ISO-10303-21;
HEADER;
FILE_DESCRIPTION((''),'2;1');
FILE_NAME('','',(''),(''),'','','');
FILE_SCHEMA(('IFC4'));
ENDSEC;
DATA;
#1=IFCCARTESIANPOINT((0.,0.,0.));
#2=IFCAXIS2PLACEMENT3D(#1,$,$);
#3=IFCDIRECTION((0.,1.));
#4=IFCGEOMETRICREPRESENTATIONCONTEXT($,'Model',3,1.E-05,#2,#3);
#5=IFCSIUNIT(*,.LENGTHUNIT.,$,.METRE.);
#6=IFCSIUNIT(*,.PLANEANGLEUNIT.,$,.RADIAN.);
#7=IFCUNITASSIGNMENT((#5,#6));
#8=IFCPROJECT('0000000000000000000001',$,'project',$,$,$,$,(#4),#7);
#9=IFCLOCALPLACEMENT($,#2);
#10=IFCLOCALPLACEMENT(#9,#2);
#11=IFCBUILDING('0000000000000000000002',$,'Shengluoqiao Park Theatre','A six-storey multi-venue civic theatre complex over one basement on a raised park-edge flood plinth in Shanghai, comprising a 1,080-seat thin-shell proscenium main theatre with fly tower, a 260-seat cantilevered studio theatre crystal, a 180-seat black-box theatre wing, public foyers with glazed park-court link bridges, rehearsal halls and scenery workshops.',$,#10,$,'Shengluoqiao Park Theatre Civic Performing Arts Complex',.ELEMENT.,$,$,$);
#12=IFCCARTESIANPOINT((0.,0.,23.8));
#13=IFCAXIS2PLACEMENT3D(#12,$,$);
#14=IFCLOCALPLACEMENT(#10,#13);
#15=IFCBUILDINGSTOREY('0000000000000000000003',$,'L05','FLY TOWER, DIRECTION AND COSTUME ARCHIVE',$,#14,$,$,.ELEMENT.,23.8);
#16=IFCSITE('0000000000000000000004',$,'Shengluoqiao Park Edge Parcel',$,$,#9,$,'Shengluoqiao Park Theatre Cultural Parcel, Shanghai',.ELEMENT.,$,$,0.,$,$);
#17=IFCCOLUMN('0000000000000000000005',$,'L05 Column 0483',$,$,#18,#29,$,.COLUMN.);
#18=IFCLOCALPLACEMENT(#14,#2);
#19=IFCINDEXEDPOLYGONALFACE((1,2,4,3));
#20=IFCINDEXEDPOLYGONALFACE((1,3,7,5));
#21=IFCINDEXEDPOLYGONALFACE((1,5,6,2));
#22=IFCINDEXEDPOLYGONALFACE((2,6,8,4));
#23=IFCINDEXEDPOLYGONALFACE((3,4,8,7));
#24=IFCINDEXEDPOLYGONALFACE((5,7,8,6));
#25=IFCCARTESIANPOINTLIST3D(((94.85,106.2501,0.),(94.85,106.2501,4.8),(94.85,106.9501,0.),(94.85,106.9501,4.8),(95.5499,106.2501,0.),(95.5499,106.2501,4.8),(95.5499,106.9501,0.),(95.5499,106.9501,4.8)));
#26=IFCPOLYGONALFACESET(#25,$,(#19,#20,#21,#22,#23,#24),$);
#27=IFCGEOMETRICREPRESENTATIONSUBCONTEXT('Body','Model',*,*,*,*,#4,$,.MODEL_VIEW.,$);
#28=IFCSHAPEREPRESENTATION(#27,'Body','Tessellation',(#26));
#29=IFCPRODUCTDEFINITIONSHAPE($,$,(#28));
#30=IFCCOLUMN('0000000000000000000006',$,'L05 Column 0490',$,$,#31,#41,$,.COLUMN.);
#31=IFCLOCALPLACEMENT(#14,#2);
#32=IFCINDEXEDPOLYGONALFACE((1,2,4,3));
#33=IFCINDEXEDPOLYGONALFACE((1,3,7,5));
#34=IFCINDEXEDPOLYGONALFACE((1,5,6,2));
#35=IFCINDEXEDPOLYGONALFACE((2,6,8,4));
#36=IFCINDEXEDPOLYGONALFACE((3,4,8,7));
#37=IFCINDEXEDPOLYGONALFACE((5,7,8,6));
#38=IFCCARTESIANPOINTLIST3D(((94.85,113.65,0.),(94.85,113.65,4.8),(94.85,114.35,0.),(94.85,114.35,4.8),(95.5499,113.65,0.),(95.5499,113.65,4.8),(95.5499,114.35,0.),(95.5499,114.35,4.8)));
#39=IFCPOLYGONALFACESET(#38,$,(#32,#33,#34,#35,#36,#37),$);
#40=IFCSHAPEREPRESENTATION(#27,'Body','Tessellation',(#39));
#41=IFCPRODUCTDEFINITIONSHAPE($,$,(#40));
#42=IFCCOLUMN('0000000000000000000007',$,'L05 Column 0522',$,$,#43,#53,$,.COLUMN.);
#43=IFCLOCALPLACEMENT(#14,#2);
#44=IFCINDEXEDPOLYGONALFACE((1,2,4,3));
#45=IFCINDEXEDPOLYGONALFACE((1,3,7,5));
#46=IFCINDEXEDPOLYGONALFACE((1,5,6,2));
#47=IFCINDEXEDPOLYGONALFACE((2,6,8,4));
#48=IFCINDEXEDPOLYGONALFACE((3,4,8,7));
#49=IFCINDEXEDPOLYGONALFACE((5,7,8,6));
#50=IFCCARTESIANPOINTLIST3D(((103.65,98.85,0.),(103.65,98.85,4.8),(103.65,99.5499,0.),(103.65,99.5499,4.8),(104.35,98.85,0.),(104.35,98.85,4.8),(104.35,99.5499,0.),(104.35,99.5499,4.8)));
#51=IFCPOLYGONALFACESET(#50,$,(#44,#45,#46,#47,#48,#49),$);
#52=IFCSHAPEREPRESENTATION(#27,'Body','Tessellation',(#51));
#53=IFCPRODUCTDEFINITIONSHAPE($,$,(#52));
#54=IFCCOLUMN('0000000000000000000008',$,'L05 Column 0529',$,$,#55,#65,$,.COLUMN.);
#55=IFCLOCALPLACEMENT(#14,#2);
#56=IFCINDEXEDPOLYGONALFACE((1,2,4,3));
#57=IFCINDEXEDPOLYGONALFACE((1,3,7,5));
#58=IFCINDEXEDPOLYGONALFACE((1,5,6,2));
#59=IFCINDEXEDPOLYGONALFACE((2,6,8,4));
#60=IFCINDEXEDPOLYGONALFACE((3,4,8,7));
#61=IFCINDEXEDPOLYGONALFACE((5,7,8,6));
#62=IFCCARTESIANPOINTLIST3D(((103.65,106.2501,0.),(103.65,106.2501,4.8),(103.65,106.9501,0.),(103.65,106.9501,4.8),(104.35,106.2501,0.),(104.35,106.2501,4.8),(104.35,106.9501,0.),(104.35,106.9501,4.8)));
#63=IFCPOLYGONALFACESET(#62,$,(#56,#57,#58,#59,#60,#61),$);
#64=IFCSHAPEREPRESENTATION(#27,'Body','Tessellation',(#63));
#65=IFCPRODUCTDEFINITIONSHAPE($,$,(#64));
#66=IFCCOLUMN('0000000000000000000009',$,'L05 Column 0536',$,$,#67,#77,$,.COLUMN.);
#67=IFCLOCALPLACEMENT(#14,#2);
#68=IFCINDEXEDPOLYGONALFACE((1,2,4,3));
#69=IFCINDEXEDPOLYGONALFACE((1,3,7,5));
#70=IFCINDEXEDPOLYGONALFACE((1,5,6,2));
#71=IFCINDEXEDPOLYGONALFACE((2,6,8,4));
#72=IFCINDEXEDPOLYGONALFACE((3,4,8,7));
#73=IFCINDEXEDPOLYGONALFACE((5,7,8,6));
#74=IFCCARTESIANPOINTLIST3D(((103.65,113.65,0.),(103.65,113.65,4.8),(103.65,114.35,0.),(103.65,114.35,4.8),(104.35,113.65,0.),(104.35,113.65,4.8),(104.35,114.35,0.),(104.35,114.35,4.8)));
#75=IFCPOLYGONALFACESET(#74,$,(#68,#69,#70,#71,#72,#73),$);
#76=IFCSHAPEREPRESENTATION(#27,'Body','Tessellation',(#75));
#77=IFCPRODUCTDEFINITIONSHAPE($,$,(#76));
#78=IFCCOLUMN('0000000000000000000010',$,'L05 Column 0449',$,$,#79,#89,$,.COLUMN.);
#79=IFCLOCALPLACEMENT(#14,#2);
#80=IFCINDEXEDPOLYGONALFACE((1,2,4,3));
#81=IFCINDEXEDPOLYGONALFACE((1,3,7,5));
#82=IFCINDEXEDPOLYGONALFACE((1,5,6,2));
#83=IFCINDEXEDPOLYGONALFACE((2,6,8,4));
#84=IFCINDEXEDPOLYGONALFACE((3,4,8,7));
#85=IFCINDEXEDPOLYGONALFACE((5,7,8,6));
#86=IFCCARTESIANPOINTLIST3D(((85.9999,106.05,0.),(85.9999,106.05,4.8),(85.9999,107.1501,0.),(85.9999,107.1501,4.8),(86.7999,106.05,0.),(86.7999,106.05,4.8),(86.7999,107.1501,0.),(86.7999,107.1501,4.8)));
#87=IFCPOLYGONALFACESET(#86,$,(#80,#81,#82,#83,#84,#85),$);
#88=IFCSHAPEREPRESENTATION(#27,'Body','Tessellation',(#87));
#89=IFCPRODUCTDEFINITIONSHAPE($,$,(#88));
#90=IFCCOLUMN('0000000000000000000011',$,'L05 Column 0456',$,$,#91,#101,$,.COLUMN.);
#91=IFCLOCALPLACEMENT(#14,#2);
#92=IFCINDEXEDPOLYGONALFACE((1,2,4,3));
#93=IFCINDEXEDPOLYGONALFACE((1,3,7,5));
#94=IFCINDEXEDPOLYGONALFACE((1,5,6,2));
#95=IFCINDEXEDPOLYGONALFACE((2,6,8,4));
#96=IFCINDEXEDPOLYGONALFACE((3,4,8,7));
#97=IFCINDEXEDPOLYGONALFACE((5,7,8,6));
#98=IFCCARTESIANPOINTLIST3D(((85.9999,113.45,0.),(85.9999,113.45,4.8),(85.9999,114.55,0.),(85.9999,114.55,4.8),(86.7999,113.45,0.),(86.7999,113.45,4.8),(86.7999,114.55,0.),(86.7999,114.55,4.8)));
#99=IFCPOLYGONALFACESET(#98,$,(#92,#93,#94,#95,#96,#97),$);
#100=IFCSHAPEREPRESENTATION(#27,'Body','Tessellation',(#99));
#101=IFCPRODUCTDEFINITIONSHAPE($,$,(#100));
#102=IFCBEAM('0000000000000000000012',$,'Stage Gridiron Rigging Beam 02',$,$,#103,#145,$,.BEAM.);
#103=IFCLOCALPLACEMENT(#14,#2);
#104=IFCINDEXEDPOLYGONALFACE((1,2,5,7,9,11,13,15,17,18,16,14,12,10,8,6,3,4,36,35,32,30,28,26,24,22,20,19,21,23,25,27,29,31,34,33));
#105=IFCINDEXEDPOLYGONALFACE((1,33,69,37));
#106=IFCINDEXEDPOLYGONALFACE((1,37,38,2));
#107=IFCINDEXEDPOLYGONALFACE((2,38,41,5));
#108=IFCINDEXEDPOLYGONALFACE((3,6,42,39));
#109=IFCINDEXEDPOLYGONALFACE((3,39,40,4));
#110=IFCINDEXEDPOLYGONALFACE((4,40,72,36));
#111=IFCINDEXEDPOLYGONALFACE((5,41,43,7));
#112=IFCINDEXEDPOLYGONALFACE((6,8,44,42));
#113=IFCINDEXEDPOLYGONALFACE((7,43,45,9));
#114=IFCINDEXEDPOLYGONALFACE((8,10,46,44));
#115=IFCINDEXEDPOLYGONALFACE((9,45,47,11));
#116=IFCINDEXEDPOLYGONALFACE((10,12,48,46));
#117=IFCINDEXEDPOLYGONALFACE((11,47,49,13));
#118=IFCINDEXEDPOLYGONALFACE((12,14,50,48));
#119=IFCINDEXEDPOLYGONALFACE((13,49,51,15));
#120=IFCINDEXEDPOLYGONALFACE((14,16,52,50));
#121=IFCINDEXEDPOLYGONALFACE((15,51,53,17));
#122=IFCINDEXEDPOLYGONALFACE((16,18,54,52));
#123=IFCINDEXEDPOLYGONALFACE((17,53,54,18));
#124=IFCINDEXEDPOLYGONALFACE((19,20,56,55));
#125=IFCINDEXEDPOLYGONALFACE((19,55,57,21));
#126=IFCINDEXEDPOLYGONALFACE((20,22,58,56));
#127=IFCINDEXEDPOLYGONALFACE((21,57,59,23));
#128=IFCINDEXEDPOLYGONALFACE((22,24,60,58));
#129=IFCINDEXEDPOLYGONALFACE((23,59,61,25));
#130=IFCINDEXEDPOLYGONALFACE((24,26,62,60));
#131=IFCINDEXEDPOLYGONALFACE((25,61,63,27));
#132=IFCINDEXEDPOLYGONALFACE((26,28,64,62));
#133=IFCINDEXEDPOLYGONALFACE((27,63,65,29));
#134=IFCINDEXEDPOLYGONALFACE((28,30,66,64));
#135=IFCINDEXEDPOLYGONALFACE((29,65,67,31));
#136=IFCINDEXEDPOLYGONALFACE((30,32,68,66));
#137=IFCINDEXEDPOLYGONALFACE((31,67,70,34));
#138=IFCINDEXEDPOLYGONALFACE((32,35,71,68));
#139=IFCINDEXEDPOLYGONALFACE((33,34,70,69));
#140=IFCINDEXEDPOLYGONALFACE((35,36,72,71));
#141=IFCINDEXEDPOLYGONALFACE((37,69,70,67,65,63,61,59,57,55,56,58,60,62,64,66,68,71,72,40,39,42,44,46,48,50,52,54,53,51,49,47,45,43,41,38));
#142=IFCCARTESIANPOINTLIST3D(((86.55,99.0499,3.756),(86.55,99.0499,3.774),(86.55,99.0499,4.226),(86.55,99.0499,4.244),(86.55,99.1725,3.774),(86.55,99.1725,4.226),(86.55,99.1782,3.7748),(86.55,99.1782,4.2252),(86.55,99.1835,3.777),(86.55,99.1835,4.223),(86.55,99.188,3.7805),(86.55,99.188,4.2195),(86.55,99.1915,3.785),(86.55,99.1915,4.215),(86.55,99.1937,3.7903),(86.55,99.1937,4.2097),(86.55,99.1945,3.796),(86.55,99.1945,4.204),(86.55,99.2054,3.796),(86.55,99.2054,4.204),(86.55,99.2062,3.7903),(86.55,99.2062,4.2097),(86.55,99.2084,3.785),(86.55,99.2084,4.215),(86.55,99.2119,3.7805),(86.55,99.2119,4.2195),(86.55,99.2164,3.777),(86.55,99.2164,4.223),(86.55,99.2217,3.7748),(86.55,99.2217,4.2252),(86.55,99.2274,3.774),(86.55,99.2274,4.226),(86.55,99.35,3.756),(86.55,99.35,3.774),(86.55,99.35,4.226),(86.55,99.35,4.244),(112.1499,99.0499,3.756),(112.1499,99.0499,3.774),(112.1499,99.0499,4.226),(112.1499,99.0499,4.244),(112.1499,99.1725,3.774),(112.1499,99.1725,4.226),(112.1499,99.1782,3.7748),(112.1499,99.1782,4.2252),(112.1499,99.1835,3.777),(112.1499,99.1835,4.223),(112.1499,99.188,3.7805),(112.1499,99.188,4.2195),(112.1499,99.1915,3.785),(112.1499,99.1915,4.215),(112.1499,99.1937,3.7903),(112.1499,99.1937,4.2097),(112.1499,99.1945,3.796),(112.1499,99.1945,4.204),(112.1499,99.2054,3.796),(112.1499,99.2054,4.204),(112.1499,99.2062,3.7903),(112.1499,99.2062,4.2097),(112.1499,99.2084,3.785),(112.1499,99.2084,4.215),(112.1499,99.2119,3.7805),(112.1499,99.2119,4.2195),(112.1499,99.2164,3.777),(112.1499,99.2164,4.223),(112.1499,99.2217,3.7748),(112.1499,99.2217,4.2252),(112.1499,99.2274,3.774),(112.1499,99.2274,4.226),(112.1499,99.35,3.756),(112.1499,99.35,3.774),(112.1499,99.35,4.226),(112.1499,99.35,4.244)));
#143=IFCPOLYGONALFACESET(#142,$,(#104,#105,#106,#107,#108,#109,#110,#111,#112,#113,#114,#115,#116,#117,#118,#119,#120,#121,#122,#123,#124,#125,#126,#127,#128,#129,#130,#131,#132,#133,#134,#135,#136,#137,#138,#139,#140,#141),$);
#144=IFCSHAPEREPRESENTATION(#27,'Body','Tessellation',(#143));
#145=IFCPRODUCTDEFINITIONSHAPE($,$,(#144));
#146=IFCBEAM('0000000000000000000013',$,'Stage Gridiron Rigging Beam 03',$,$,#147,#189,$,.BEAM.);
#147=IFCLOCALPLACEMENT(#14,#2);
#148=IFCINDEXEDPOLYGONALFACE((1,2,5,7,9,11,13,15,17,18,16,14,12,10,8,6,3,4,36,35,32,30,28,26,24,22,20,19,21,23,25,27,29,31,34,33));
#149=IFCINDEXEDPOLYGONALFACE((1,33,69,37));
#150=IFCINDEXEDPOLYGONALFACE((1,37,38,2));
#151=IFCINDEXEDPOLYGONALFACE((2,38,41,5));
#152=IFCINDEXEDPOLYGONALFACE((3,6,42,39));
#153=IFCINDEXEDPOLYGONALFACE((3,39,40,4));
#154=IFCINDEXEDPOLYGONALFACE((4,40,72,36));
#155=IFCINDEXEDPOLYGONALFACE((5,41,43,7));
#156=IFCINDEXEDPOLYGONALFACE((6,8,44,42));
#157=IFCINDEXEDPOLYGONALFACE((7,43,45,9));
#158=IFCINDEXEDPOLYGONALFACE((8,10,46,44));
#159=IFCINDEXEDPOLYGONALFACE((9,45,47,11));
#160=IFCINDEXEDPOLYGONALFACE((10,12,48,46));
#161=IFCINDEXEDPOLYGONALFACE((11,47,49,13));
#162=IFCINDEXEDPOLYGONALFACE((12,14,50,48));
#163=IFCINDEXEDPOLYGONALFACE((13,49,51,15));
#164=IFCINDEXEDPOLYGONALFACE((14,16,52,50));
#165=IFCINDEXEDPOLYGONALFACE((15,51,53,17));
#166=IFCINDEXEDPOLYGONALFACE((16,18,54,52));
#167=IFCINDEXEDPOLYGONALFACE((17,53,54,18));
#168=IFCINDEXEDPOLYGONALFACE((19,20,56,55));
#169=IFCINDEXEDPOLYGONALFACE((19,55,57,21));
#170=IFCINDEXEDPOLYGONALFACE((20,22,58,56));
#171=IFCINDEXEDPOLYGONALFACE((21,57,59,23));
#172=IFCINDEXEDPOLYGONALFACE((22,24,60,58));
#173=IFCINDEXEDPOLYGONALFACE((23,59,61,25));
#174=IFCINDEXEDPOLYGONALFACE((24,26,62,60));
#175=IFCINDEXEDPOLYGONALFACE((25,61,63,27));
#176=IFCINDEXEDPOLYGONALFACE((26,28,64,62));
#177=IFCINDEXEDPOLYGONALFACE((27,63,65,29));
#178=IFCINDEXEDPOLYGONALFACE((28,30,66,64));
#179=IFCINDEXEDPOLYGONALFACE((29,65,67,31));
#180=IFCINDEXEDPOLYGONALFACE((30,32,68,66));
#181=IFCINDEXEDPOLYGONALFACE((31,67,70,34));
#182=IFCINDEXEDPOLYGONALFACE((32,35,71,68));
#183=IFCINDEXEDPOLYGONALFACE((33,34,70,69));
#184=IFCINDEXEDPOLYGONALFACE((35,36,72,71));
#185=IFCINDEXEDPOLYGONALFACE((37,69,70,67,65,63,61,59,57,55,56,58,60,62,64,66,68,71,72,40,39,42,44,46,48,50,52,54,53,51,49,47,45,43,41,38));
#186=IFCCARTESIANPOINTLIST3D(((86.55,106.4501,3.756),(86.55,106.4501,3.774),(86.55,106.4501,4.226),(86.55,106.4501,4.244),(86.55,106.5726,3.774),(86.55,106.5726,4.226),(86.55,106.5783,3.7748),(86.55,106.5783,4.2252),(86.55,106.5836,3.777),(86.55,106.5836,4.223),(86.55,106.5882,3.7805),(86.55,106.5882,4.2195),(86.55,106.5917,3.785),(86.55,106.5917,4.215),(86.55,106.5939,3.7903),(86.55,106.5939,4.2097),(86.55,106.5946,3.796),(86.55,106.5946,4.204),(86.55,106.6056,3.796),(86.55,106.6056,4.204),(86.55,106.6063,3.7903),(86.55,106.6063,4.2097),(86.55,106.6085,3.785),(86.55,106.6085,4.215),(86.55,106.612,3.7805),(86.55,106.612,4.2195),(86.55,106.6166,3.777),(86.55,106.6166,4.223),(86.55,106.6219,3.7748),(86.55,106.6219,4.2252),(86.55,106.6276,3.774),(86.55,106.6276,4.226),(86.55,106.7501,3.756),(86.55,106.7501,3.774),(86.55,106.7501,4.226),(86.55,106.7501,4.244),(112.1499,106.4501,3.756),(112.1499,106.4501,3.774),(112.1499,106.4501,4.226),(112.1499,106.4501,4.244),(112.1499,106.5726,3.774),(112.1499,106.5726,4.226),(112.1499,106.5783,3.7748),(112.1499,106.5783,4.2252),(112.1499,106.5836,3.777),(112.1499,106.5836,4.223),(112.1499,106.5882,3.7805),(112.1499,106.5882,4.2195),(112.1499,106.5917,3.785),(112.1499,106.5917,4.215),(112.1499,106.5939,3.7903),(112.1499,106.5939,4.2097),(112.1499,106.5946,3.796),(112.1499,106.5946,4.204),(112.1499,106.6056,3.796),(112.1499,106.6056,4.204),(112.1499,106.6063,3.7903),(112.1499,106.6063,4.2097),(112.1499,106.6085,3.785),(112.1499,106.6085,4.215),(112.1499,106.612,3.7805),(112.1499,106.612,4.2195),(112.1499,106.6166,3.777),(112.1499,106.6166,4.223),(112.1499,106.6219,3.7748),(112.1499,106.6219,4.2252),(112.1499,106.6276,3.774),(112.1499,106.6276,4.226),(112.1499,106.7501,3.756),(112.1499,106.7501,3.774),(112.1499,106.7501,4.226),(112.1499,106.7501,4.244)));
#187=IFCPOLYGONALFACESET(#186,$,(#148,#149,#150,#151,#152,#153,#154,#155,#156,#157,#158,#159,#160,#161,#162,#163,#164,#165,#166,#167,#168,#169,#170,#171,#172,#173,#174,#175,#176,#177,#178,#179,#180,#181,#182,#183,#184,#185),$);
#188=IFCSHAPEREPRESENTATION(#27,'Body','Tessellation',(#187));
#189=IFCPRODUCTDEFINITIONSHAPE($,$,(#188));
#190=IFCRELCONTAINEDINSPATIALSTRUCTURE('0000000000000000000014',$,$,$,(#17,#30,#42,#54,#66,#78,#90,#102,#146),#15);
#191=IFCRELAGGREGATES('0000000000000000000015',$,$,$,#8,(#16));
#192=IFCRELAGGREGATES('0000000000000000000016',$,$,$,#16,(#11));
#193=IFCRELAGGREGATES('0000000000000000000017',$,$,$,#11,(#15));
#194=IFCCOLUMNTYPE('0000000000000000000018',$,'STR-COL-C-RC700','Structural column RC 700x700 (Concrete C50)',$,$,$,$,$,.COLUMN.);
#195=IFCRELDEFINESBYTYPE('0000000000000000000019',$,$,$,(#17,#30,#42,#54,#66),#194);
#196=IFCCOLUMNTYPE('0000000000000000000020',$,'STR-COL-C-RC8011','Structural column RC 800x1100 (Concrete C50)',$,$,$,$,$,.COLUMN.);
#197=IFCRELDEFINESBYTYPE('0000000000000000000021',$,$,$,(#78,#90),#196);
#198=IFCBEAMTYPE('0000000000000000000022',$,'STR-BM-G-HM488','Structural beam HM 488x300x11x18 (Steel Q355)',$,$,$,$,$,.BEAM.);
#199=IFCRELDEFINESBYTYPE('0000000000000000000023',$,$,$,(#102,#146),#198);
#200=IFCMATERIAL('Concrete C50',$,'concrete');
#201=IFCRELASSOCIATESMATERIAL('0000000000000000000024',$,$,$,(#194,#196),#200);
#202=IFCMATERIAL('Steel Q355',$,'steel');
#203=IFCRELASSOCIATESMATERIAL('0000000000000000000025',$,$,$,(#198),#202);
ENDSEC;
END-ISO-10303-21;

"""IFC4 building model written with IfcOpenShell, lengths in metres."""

from ifc_helpers import new_model, si_unit, direction, frame, origin, origin_2d, place, context, subcontext, project, spatial, rectangle, i_section, extrude, material, material_profile, profile_set, type_object, element, save


model = new_model("IFC4")

# Units and contexts
model_context = context("Model", 3, precision=1e-05, world=origin(), true_north=direction((0.0, 1.0)))
body_context = subcontext(model_context, "Body", "Model", "MODEL_VIEW")
ifc_project = project(units=[si_unit("LENGTHUNIT", "METRE"), si_unit("PLANEANGLEUNIT", "RADIAN")], contexts=[model_context])

# Site, building, storey
site_placement = place(None, origin())
site = spatial("IfcSite", under=ifc_project, at=site_placement, Name="Shengluoqiao Park Edge Parcel", LongName="Shengluoqiao Park Theatre Cultural Parcel, Shanghai", CompositionType="ELEMENT", RefElevation=0.0)
building_placement = place(site_placement, origin())
building = spatial("IfcBuilding", under=site, at=building_placement, Name="Shengluoqiao Park Theatre", Description="A six-storey multi-venue civic theatre complex over one basement on a raised park-edge flood plinth in Shanghai, comprising a 1,080-seat thin-shell proscenium main theatre with fly tower, a 260-seat cantilevered studio theatre crystal, a 180-seat black-box theatre wing, public foyers with glazed park-court link bridges, rehearsal halls and scenery workshops.", LongName="Shengluoqiao Park Theatre Civic Performing Arts Complex", CompositionType="ELEMENT")
storey_placement = place(building_placement, frame((0.0, 0.0, 23.8)))
storey = spatial("IfcBuildingStorey", under=building, at=storey_placement, Name="L05", Description="FLY TOWER, DIRECTION AND COSTUME ARCHIVE", CompositionType="ELEMENT", Elevation=23.8)

# Columns
ifc_material_1 = material(Name="Concrete C50", Category="concrete")
ifc_material_profile_1 = material_profile(ifc_material_1, rectangle(XDim=0.7, YDim=0.7, at=origin_2d()), Name="RC 700x700")
ifc_profile_set_1 = profile_set([ifc_material_profile_1], Name="Concrete C50")
column_type_1 = type_object("IfcColumnType", Name="STR-COL-C-RC700", Description="Structural column RC 700x700 (Concrete C50)", PredefinedType="COLUMN", material=ifc_profile_set_1)
for number, where, z_axis, x_axis, name in (
    (1, (95.2, 106.6001, 0.0), (0.0, 0.0, 1.0), (1.0, 0.0, 0.0), "L05 Column 0483"),
    (2, (95.2, 114.0, 0.0), (0.0, 0.0, 1.0), (1.0, 0.0, 0.0), "L05 Column 0490"),
    (3, (104.0, 99.2, 0.0), (0.0, 0.0, 1.0), (1.0, 0.0, 0.0), "L05 Column 0522"),
    (4, (104.0, 106.6001, 0.0), (0.0, 0.0, 1.0), (1.0, 0.0, 0.0), "L05 Column 0529"),
    (5, (104.0, 114.0, 0.0), (0.0, 0.0, 1.0), (1.0, 0.0, 0.0), "L05 Column 0536"),
):
    element("IfcColumn", number, at=place(storey_placement, frame(where, z_axis=z_axis, x_axis=x_axis)), inside=storey, type_object=column_type_1, Name=name, PredefinedType="COLUMN", context=body_context, shape_type="SweptSolid", body=[
        extrude(rectangle(XDim=0.7, YDim=0.7, at=origin_2d()), origin(), (0.0, 0.0, 1.0), 4.8),
    ])
ifc_material_profile_2 = material_profile(ifc_material_1, rectangle(XDim=0.8, YDim=1.1001, at=origin_2d()), Name="RC 800x1100")
ifc_profile_set_2 = profile_set([ifc_material_profile_2], Name="Concrete C50")
column_type_2 = type_object("IfcColumnType", Name="STR-COL-C-RC8011", Description="Structural column RC 800x1100 (Concrete C50)", PredefinedType="COLUMN", material=ifc_profile_set_2)
for number, where, z_axis, x_axis, name in (
    (6, (86.3999, 106.6001, 0.0), (0.0, 0.0, 1.0), (1.0, 0.0, 0.0), "L05 Column 0449"),
    (7, (86.3999, 114.0, 0.0), (0.0, 0.0, 1.0), (1.0, 0.0, 0.0), "L05 Column 0456"),
):
    element("IfcColumn", number, at=place(storey_placement, frame(where, z_axis=z_axis, x_axis=x_axis)), inside=storey, type_object=column_type_2, Name=name, PredefinedType="COLUMN", context=body_context, shape_type="SweptSolid", body=[
        extrude(rectangle(XDim=0.8, YDim=1.1001, at=origin_2d()), origin(), (0.0, 0.0, 1.0), 4.8),
    ])

# Beams
ifc_material_2 = material(Name="Steel Q355", Category="steel")
ifc_material_profile_3 = material_profile(ifc_material_2, i_section(OverallWidth=0.3, OverallDepth=0.488, WebThickness=0.011, FlangeThickness=0.0181, FilletRadius=0.022, at=origin_2d()), Name="HM 488x300x11x18")
ifc_profile_set_3 = profile_set([ifc_material_profile_3], Name="Steel Q355")
beam_type_1 = type_object("IfcBeamType", Name="STR-BM-G-HM488", Description="Structural beam HM 488x300x11x18 (Steel Q355)", PredefinedType="BEAM", material=ifc_profile_set_3)
for number, where, z_axis, x_axis, name in (
    (8, (86.55, 99.2, 4.0), (1.0, 0.0, 0.0), (0.0, 1.0, 0.0), "Stage Gridiron Rigging Beam 02"),
    (9, (86.55, 106.6001, 4.0), (1.0, 0.0, 0.0), (0.0, 1.0, 0.0), "Stage Gridiron Rigging Beam 03"),
):
    element("IfcBeam", number, at=place(storey_placement, frame(where, z_axis=z_axis, x_axis=x_axis)), inside=storey, type_object=beam_type_1, Name=name, PredefinedType="BEAM", context=body_context, shape_type="SweptSolid", body=[
        extrude(i_section(OverallWidth=0.3, OverallDepth=0.488, WebThickness=0.011, FlangeThickness=0.0181, FilletRadius=0.022, at=origin_2d()), origin(), (0.0, 0.0, 1.0), 25.5999),
    ])

save(model, "model.ifc")
